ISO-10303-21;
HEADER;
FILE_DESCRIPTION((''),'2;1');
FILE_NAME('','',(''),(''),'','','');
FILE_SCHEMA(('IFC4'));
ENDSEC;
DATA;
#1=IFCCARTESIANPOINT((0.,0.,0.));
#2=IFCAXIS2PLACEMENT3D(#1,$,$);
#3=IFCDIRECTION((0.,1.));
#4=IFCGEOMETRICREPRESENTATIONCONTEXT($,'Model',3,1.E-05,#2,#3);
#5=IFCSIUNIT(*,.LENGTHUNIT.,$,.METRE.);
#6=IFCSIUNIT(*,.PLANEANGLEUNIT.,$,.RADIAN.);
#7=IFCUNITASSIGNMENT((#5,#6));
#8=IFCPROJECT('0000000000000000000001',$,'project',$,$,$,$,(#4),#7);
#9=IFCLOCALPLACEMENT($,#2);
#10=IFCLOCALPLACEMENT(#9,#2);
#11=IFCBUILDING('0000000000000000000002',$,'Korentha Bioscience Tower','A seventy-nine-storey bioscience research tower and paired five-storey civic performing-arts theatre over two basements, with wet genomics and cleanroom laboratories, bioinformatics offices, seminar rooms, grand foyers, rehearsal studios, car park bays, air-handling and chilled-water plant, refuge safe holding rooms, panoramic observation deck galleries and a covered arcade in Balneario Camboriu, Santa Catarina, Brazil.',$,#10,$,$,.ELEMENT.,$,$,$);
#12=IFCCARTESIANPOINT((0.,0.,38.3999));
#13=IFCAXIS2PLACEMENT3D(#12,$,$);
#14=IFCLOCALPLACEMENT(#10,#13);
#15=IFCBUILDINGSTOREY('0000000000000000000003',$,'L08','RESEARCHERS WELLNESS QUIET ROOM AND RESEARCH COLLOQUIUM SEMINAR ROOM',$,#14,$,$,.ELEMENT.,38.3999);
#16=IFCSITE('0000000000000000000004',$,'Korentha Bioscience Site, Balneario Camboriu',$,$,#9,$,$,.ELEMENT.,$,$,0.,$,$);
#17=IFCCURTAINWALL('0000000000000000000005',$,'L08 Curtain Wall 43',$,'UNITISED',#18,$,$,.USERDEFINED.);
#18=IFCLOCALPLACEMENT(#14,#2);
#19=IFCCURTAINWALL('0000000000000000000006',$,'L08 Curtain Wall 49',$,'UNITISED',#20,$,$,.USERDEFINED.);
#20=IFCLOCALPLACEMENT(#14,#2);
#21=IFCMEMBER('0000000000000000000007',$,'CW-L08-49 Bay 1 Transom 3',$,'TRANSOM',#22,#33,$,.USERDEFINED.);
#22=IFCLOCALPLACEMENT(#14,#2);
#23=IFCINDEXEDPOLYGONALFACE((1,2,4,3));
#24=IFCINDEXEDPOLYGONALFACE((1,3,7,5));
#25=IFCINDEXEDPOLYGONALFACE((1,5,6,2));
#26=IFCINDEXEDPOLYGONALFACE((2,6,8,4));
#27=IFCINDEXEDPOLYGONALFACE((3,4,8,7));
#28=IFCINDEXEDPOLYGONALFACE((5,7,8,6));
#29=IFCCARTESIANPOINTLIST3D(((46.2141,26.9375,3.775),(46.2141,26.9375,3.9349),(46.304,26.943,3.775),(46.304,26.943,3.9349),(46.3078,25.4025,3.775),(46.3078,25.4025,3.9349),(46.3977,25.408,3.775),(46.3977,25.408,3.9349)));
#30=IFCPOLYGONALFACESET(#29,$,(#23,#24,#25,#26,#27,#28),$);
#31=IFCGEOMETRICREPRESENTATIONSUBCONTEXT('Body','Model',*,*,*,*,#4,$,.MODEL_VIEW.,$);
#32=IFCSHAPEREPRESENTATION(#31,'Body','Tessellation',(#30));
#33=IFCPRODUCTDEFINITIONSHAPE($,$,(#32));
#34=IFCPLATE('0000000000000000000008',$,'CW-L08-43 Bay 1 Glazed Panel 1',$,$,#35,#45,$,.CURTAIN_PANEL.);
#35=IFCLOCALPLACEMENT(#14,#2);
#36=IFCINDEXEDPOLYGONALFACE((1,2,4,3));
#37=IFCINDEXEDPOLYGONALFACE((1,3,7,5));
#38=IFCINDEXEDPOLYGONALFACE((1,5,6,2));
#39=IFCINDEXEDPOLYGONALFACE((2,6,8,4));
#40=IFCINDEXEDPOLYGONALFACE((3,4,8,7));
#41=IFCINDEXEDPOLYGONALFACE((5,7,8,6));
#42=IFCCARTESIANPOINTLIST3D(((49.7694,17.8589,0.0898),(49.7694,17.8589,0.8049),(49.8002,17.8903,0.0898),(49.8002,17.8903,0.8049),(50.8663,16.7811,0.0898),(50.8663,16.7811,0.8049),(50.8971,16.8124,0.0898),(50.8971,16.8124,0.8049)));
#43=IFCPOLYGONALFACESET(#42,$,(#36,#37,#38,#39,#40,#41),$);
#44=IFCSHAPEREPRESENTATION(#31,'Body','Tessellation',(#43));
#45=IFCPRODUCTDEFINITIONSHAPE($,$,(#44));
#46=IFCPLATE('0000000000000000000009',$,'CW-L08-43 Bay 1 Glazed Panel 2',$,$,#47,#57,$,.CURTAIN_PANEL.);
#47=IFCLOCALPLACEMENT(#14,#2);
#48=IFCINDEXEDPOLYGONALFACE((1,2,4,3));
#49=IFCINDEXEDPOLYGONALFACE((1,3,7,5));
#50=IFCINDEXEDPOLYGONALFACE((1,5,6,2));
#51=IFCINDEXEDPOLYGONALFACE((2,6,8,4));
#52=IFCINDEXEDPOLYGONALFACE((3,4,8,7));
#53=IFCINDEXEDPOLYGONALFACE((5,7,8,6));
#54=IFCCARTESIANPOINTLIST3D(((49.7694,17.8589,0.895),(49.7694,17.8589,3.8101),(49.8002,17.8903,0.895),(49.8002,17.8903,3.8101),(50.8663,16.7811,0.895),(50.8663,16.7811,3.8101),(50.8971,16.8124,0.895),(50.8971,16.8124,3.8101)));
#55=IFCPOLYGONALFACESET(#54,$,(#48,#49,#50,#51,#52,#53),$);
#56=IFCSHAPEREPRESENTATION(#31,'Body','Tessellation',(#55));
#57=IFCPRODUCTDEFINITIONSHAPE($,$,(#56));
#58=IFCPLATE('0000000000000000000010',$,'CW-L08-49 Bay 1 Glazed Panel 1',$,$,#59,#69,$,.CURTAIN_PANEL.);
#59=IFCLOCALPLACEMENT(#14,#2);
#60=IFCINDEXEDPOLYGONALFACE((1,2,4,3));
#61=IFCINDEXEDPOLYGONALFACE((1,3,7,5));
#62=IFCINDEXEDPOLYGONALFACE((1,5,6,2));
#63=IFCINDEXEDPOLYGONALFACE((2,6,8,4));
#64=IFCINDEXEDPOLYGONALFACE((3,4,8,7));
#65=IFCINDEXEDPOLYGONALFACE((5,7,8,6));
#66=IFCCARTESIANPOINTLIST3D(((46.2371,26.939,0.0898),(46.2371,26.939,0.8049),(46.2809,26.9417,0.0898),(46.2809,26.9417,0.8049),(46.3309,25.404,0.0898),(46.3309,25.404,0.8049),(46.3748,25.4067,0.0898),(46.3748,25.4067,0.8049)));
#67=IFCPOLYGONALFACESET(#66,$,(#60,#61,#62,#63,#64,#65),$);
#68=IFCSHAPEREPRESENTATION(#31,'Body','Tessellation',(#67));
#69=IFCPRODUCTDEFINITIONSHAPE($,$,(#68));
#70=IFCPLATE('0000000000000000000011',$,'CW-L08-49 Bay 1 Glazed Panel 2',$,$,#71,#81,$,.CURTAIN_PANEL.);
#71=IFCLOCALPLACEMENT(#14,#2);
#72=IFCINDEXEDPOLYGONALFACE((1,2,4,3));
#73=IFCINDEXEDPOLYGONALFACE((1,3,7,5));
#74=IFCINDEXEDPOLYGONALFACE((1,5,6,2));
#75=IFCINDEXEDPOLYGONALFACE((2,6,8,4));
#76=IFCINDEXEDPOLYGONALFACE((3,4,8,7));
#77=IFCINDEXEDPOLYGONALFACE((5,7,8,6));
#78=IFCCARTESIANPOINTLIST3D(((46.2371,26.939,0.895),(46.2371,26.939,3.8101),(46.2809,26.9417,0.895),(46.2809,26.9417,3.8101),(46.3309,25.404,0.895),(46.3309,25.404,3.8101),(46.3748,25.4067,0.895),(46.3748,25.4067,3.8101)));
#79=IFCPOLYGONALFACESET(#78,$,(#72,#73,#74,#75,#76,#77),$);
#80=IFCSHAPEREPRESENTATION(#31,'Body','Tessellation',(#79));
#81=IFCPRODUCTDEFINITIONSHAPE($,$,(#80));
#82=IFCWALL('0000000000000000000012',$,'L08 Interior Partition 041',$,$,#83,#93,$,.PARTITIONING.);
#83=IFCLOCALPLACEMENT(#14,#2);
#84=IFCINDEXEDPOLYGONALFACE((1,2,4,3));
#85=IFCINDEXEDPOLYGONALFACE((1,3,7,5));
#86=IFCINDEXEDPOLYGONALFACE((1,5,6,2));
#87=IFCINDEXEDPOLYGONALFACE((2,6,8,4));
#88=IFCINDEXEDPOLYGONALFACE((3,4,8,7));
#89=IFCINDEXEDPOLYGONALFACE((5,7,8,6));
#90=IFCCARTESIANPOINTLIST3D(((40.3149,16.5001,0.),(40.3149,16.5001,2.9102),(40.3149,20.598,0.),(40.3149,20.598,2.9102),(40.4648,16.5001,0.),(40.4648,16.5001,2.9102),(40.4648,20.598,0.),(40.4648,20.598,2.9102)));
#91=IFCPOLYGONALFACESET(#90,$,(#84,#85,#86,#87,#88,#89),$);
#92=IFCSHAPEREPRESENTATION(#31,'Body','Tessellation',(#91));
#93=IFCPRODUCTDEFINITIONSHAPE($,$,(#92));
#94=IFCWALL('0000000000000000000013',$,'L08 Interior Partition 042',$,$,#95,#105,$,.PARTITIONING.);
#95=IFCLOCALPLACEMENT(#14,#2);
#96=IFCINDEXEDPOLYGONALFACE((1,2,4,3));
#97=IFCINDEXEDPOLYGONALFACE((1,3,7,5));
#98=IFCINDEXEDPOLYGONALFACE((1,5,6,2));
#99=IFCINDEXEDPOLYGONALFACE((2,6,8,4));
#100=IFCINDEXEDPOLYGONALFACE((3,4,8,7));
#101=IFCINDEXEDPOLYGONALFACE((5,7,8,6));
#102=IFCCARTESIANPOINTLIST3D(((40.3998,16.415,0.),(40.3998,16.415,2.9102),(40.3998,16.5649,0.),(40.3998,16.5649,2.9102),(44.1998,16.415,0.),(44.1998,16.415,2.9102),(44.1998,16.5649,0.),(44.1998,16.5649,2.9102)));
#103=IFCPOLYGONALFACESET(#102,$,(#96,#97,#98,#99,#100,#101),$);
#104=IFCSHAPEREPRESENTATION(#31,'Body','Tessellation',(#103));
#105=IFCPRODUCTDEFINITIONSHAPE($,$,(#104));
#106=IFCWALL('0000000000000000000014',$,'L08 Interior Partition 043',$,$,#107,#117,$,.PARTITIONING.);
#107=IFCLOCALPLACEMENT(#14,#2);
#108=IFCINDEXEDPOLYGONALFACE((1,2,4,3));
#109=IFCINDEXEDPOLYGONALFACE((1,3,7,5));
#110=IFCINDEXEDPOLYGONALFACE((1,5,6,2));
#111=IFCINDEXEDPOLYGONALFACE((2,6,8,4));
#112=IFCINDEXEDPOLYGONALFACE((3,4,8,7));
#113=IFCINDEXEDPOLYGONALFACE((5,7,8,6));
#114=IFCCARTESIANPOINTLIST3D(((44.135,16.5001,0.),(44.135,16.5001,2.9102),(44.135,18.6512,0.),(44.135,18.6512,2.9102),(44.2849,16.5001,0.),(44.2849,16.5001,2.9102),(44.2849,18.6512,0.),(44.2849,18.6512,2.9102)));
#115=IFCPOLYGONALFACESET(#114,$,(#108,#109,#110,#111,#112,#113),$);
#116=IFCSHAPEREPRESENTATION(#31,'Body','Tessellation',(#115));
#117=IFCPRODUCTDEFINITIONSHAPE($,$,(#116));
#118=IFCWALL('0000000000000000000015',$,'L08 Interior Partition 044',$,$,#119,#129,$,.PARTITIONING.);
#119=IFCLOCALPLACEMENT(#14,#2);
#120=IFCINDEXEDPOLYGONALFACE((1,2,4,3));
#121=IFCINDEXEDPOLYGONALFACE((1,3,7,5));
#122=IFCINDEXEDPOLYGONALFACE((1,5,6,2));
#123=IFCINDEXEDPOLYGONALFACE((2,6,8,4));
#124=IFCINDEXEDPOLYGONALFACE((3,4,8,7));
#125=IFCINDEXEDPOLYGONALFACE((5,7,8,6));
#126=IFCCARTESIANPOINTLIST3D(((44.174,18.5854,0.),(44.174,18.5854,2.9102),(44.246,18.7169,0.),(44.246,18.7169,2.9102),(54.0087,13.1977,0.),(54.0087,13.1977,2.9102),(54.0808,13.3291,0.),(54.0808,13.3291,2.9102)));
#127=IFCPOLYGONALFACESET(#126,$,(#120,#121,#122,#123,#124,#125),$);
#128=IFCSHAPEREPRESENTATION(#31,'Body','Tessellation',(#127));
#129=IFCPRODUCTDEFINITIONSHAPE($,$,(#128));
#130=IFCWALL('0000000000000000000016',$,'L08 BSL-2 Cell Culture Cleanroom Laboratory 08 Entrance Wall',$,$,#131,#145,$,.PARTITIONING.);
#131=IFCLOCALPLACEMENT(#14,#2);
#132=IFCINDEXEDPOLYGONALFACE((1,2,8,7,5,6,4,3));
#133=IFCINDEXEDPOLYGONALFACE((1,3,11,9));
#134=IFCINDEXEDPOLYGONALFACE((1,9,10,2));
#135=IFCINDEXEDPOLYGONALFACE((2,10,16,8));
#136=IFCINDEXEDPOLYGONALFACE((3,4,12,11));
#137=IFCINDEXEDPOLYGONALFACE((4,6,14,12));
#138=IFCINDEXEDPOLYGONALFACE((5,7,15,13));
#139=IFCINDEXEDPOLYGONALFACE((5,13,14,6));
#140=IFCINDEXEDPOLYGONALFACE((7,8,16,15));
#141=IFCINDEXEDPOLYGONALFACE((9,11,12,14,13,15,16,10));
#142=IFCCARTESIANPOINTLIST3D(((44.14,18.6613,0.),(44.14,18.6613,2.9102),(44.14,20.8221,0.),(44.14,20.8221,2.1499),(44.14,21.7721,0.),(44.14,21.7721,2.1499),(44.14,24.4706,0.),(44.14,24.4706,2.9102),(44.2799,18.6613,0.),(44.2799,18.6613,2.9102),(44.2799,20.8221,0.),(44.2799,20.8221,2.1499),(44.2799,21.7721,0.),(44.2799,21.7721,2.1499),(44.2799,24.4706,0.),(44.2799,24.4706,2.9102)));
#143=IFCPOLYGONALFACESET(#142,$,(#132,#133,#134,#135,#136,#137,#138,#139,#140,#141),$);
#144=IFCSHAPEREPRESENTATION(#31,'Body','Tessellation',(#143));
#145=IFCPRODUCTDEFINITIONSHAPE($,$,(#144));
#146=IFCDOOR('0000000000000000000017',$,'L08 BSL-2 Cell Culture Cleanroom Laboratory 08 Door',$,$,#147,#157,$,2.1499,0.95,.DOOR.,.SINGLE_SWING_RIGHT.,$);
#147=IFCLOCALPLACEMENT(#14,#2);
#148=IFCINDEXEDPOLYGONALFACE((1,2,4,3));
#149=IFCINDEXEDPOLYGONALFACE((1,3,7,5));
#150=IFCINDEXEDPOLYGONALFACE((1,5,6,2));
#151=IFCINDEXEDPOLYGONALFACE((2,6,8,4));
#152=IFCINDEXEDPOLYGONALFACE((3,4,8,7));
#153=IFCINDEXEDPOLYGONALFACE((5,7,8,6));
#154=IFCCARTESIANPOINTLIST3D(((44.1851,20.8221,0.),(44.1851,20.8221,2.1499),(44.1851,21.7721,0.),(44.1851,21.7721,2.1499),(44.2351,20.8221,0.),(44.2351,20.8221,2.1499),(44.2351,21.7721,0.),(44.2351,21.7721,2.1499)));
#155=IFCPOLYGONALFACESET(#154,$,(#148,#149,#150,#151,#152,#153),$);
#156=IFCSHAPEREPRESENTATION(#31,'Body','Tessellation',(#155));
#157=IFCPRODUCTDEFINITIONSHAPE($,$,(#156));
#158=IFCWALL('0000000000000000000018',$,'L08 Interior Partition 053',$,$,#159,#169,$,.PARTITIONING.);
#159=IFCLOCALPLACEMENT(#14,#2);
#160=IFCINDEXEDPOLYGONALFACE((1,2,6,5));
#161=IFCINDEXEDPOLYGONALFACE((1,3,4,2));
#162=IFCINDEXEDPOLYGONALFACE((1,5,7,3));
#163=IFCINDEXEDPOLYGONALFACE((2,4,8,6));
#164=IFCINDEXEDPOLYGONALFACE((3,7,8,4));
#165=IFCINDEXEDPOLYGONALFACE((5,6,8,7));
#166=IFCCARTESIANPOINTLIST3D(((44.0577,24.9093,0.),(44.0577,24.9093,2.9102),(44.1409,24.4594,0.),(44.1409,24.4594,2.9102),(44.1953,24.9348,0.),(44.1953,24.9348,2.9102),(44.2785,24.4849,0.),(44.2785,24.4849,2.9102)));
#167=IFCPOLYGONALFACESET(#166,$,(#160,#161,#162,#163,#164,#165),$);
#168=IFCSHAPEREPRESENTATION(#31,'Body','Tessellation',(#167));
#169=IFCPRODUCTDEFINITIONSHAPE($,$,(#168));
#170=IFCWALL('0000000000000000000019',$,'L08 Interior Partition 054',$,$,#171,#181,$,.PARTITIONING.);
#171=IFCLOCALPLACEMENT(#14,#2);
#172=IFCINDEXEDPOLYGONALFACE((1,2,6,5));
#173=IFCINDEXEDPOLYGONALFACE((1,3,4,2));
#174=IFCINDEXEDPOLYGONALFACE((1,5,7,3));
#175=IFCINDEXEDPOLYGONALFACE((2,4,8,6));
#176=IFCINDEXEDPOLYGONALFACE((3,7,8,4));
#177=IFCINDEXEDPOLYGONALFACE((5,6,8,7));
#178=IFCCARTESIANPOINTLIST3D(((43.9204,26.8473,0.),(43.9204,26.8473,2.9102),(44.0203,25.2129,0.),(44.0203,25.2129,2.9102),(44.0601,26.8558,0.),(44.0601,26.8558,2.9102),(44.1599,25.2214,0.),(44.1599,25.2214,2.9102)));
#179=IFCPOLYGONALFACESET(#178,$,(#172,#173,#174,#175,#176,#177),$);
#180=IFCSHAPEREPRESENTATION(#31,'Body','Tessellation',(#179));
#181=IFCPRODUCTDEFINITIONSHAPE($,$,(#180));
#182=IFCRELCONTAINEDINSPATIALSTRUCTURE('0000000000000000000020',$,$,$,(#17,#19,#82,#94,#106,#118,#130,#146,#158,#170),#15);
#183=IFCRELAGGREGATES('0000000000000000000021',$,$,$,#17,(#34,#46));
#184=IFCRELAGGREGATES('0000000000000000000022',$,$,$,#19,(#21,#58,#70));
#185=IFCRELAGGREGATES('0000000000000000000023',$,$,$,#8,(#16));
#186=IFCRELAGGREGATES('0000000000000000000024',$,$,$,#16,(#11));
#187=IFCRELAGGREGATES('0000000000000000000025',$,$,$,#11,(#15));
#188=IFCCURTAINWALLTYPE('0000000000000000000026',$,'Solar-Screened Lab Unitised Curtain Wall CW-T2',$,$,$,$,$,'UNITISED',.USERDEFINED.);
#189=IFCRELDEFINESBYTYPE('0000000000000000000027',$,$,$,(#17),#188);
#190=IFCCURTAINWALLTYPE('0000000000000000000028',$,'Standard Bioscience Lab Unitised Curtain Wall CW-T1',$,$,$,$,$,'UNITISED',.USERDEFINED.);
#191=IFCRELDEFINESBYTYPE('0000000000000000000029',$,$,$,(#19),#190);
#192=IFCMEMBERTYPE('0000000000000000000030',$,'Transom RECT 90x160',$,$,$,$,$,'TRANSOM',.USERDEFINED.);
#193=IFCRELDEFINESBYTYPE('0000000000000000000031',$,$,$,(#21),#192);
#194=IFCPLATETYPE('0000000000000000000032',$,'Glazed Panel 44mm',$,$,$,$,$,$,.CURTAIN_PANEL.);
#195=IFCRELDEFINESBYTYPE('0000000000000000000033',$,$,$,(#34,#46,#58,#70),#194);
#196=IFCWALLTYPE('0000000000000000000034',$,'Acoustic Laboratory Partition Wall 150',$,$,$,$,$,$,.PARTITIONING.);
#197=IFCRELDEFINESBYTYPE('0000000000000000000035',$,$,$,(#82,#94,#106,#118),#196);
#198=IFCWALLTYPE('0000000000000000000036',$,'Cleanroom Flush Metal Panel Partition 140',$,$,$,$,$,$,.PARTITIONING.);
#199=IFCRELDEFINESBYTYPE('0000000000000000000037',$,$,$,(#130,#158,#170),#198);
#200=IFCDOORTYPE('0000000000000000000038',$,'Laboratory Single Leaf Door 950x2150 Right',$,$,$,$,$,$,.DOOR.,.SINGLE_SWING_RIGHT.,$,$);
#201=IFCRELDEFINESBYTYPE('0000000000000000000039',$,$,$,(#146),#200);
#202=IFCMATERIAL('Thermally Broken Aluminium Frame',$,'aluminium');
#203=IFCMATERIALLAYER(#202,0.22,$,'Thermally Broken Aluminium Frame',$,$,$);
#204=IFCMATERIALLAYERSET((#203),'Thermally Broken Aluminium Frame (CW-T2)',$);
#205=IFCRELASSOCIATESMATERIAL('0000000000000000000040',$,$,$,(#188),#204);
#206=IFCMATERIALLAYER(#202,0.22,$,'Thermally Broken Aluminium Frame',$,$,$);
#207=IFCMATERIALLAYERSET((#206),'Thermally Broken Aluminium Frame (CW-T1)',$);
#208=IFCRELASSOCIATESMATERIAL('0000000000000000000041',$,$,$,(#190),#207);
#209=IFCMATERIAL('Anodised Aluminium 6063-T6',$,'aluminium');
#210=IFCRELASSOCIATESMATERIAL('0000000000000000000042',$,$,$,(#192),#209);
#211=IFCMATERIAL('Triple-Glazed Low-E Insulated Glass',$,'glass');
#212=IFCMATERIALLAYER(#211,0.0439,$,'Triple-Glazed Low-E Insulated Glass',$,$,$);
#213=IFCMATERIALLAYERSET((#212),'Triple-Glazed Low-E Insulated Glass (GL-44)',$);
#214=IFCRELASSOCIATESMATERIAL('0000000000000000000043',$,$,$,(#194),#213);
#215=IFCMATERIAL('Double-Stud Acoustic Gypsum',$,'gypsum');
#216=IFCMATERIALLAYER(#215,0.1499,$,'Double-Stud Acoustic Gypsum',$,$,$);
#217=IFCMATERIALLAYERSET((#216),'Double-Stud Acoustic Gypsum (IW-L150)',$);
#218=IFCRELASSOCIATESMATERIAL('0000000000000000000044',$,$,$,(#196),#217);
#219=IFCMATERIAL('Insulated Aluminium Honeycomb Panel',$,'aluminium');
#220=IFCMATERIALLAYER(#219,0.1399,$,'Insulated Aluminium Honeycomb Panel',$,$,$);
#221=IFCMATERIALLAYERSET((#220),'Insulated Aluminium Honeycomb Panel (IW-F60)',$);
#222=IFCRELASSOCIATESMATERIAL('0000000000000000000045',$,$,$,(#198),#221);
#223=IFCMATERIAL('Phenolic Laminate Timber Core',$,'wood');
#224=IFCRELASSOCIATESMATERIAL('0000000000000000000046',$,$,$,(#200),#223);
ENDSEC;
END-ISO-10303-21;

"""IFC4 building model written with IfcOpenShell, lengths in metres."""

from ifc_helpers import new_model, si_unit, direction, frame, frame_2d, origin, origin_2d, place, context, subcontext, project, spatial, rectangle, extrude, material, layer, layer_set, material_profile, profile_set, type_object, element, fill, aggregate, save


model = new_model("IFC4")

# Units and contexts
model_context = context("Model", 3, precision=1e-05, world=origin(), true_north=direction((0.0, 1.0)))
body_context = subcontext(model_context, "Body", "Model", "MODEL_VIEW")
ifc_project = project(units=[si_unit("LENGTHUNIT", "METRE"), si_unit("PLANEANGLEUNIT", "RADIAN")], contexts=[model_context])

# Site, building, storey
site_placement = place(None, origin())
site = spatial("IfcSite", under=ifc_project, at=site_placement, Name="Korentha Bioscience Site, Balneario Camboriu", CompositionType="ELEMENT", RefElevation=0.0)
building_placement = place(site_placement, origin())
building = spatial("IfcBuilding", under=site, at=building_placement, Name="Korentha Bioscience Tower", Description="A seventy-nine-storey bioscience research tower and paired five-storey civic performing-arts theatre over two basements, with wet genomics and cleanroom laboratories, bioinformatics offices, seminar rooms, grand foyers, rehearsal studios, car park bays, air-handling and chilled-water plant, refuge safe holding rooms, panoramic observation deck galleries and a covered arcade in Balneario Camboriu, Santa Catarina, Brazil.", CompositionType="ELEMENT")
storey_placement = place(building_placement, frame((0.0, 0.0, 38.3999)))
storey = spatial("IfcBuildingStorey", under=building, at=storey_placement, Name="L08", Description="RESEARCHERS WELLNESS QUIET ROOM AND RESEARCH COLLOQUIUM SEMINAR ROOM", CompositionType="ELEMENT", Elevation=38.3999)

# Curtain wall
ifc_material_1 = material(Name="Thermally Broken Aluminium Frame", Category="aluminium")
ifc_layer_1 = layer(ifc_material_1, 0.22, Name="Thermally Broken Aluminium Frame")
ifc_layer_set_1 = layer_set([ifc_layer_1], Name="Thermally Broken Aluminium Frame (CW-T2)")
curtain_wall_type_1 = type_object("IfcCurtainWallType", Name="Solar-Screened Lab Unitised Curtain Wall CW-T2", ElementType="UNITISED", PredefinedType="USERDEFINED", material=ifc_layer_set_1)
curtain_wall_1_placement = place(storey_placement, origin())
curtain_wall_1 = element("IfcCurtainWall", 1, at=curtain_wall_1_placement, inside=storey, type_object=curtain_wall_type_1, Name="L08 Curtain Wall 43", ObjectType="UNITISED", PredefinedType="USERDEFINED")
ifc_material_2 = material(Name="Anodised Aluminium 6063-T6", Category="aluminium")

# Curtain wall
ifc_layer_2 = layer(ifc_material_1, 0.22, Name="Thermally Broken Aluminium Frame")
ifc_layer_set_2 = layer_set([ifc_layer_2], Name="Thermally Broken Aluminium Frame (CW-T1)")
curtain_wall_type_2 = type_object("IfcCurtainWallType", Name="Standard Bioscience Lab Unitised Curtain Wall CW-T1", ElementType="UNITISED", PredefinedType="USERDEFINED", material=ifc_layer_set_2)
curtain_wall_2_placement = place(storey_placement, origin())
curtain_wall_2 = element("IfcCurtainWall", 2, at=curtain_wall_2_placement, inside=storey, type_object=curtain_wall_type_2, Name="L08 Curtain Wall 49", ObjectType="UNITISED", PredefinedType="USERDEFINED")

# Member
ifc_material_profile_1 = material_profile(ifc_material_2, rectangle(XDim=0.0901, YDim=0.1599, at=origin_2d()), Name="Anodised Aluminium 6063-T6")
ifc_profile_set_1 = profile_set([ifc_material_profile_1], Name="Anodised Aluminium 6063-T6 (CW-TRN)")
member_type_1 = type_object("IfcMemberType", Name="Transom RECT 90x160", ElementType="TRANSOM", PredefinedType="USERDEFINED", material=ifc_profile_set_1)
member_1_placement = place(storey_placement, frame((46.3528, 25.4053, 3.855), z_axis=(-0.060965, 0.99814, 0.0), x_axis=(-0.99814, -0.060965, 0.0)))
member_1 = element("IfcMember", 3, at=member_1_placement, type_object=member_type_1, Name="CW-L08-49 Bay 1 Transom 3", ObjectType="TRANSOM", PredefinedType="USERDEFINED", context=body_context, shape_type="SweptSolid", body=[
    extrude(rectangle(XDim=0.0901, YDim=0.1599, at=origin_2d()), origin(), (0.0, 0.0, 1.0), 1.5378),
])

# Plates
ifc_material_3 = material(Name="Triple-Glazed Low-E Insulated Glass", Category="glass")
ifc_layer_3 = layer(ifc_material_3, 0.0439, Name="Triple-Glazed Low-E Insulated Glass")
ifc_layer_set_3 = layer_set([ifc_layer_3], Name="Triple-Glazed Low-E Insulated Glass (GL-44)")
plate_type = type_object("IfcPlateType", Name="Glazed Panel 44mm", PredefinedType="CURTAIN_PANEL", material=ifc_layer_set_3)
plate_1_placement = place(storey_placement, frame((50.3333, 17.3357, 0.0898), z_axis=(0.0, 0.0, 1.0), x_axis=(-0.713279, 0.70088, 0.0)))
plate_1 = element("IfcPlate", 4, at=plate_1_placement, type_object=plate_type, Name="CW-L08-43 Bay 1 Glazed Panel 1", PredefinedType="CURTAIN_PANEL", context=body_context, shape_type="SweptSolid", body=[
    extrude(rectangle(XDim=1.5378, YDim=0.0439, at=origin_2d()), origin(), (0.0, 0.0, 1.0), 0.7151),
])
plate_2_placement = place(storey_placement, frame((50.3333, 17.3357, 0.895), z_axis=(0.0, 0.0, 1.0), x_axis=(-0.713279, 0.70088, 0.0)))
plate_2 = element("IfcPlate", 5, at=plate_2_placement, type_object=plate_type, Name="CW-L08-43 Bay 1 Glazed Panel 2", PredefinedType="CURTAIN_PANEL", context=body_context, shape_type="SweptSolid", body=[
    extrude(rectangle(XDim=1.5378, YDim=0.0439, at=origin_2d()), origin(), (0.0, 0.0, 1.0), 2.915),
])
aggregate(curtain_wall_1, [plate_1, plate_2])
plate_3_placement = place(storey_placement, frame((46.3059, 26.1729, 0.0898), z_axis=(0.0, 0.0, 1.0), x_axis=(-0.061008, 0.998137, 0.0)))
plate_3 = element("IfcPlate", 6, at=plate_3_placement, type_object=plate_type, Name="CW-L08-49 Bay 1 Glazed Panel 1", PredefinedType="CURTAIN_PANEL", context=body_context, shape_type="SweptSolid", body=[
    extrude(rectangle(XDim=1.5378, YDim=0.0439, at=origin_2d()), origin(), (0.0, 0.0, 1.0), 0.7151),
])
plate_4_placement = place(storey_placement, frame((46.3059, 26.1729, 0.895), z_axis=(0.0, 0.0, 1.0), x_axis=(-0.061008, 0.998137, 0.0)))
plate_4 = element("IfcPlate", 7, at=plate_4_placement, type_object=plate_type, Name="CW-L08-49 Bay 1 Glazed Panel 2", PredefinedType="CURTAIN_PANEL", context=body_context, shape_type="SweptSolid", body=[
    extrude(rectangle(XDim=1.5378, YDim=0.0439, at=origin_2d()), origin(), (0.0, 0.0, 1.0), 2.915),
])
aggregate(curtain_wall_2, [member_1, plate_3, plate_4])

# Walls
ifc_material_4 = material(Name="Double-Stud Acoustic Gypsum", Category="gypsum")
ifc_layer_4 = layer(ifc_material_4, 0.1499, Name="Double-Stud Acoustic Gypsum")
ifc_layer_set_4 = layer_set([ifc_layer_4], Name="Double-Stud Acoustic Gypsum (IW-L150)")
wall_type_1 = type_object("IfcWallType", Name="Acoustic Laboratory Partition Wall 150", PredefinedType="PARTITIONING", material=ifc_layer_set_4)
wall_1_placement = place(storey_placement, frame((40.3899, 20.5979, 0.0), z_axis=(0.0, 0.0, 1.0), x_axis=(0.0, -1.0, 0.0)))
element("IfcWall", 8, at=wall_1_placement, inside=storey, type_object=wall_type_1, Name="L08 Interior Partition 041", PredefinedType="PARTITIONING", context=body_context, shape_type="SweptSolid", body=[
    extrude(rectangle(XDim=4.0979, YDim=0.1499, at=frame_2d((2.0488, 0.0))), origin(), (0.0, 0.0, 1.0), 2.9102),
])
wall_2_placement = place(storey_placement, frame((40.3999, 16.49, 0.0), z_axis=(0.0, 0.0, 1.0), x_axis=(1.0, 0.0, 0.0)))
element("IfcWall", 9, at=wall_2_placement, inside=storey, type_object=wall_type_1, Name="L08 Interior Partition 042", PredefinedType="PARTITIONING", context=body_context, shape_type="SweptSolid", body=[
    extrude(rectangle(XDim=3.8, YDim=0.1499, at=frame_2d((1.8999, 0.0))), origin(), (0.0, 0.0, 1.0), 2.9102),
])
wall_3_placement = place(storey_placement, frame((44.21, 16.5, 0.0), z_axis=(0.0, 0.0, 1.0), x_axis=(0.0, 1.0, 0.0)))
element("IfcWall", 10, at=wall_3_placement, inside=storey, type_object=wall_type_1, Name="L08 Interior Partition 043", PredefinedType="PARTITIONING", context=body_context, shape_type="SweptSolid", body=[
    extrude(rectangle(XDim=2.1511, YDim=0.1499, at=frame_2d((1.0757, 0.0))), origin(), (0.0, 0.0, 1.0), 2.9102),
])
wall_4_placement = place(storey_placement, frame((44.21, 18.6511, 0.0), z_axis=(0.0, 0.0, 1.0), x_axis=(0.87702, -0.480453, 0.0)))
element("IfcWall", 11, at=wall_4_placement, inside=storey, type_object=wall_type_1, Name="L08 Interior Partition 044", PredefinedType="PARTITIONING", context=body_context, shape_type="SweptSolid", body=[
    extrude(rectangle(XDim=11.2139, YDim=0.1499, at=frame_2d((5.6069, 0.0))), origin(), (0.0, 0.0, 1.0), 2.9102),
])

# Wall, opening, door
ifc_material_5 = material(Name="Insulated Aluminium Honeycomb Panel", Category="aluminium")
ifc_layer_5 = layer(ifc_material_5, 0.1399, Name="Insulated Aluminium Honeycomb Panel")
ifc_layer_set_5 = layer_set([ifc_layer_5], Name="Insulated Aluminium Honeycomb Panel (IW-F60)")
wall_type_2 = type_object("IfcWallType", Name="Cleanroom Flush Metal Panel Partition 140", PredefinedType="PARTITIONING", material=ifc_layer_set_5)
wall_5_placement = place(storey_placement, frame((44.21, 18.6611, 0.0), z_axis=(0.0, 0.0, 1.0), x_axis=(0.0, 1.0, 0.0)))
wall_5 = element("IfcWall", 12, at=wall_5_placement, inside=storey, type_object=wall_type_2, Name="L08 BSL-2 Cell Culture Cleanroom Laboratory 08 Entrance Wall", PredefinedType="PARTITIONING", context=body_context, shape_type="SweptSolid", body=[
    extrude(rectangle(XDim=5.8093, YDim=0.1399, at=frame_2d((2.9048, 0.0))), origin(), (0.0, 0.0, 1.0), 2.9102),
])
opening_1_placement = place(wall_5_placement, frame((2.1609, 0.0, 0.0)))
opening_1 = element("IfcOpeningElement", 13, at=opening_1_placement, cuts=wall_5, PredefinedType="OPENING", context=body_context, shape_type="SweptSolid", body=[
    extrude(rectangle(XDim=0.95, YDim=2.1499, at=frame_2d((0.4751, 1.075))), frame((0.0, 0.085, 0.0), z_axis=(0.0, -1.0, 0.0), x_axis=(1.0, 0.0, 0.0)), (0.0, 0.0, 1.0), 0.1697),
])
ifc_material_6 = material(Name="Phenolic Laminate Timber Core", Category="wood")
door_type_1 = type_object("IfcDoorType", Name="Laboratory Single Leaf Door 950x2150 Right", OperationType="SINGLE_SWING_RIGHT", PredefinedType="DOOR", material=ifc_material_6)
door_1_placement = place(opening_1_placement, origin())
door_1 = element("IfcDoor", 14, at=door_1_placement, inside=storey, type_object=door_type_1, Name="L08 BSL-2 Cell Culture Cleanroom Laboratory 08 Door", OperationType="SINGLE_SWING_RIGHT", OverallHeight=2.1499, OverallWidth=0.95, PredefinedType="DOOR", context=body_context, shape_type="SweptSolid", body=[
    extrude(rectangle(XDim=0.95, YDim=2.1499, at=frame_2d((0.4751, 1.075))), frame((0.0, 0.0249, 0.0), z_axis=(0.0, -1.0, 0.0), x_axis=(1.0, 0.0, 0.0)), (0.0, 0.0, 1.0), 0.05),
])
fill(opening_1, door_1)

# Walls
wall_6_placement = place(storey_placement, frame((44.2097, 24.4722, 0.0), z_axis=(0.0, 0.0, 1.0), x_axis=(-0.181936, 0.98331, 0.0)))
element("IfcWall", 15, at=wall_6_placement, inside=storey, type_object=wall_type_2, Name="L08 Interior Partition 053", PredefinedType="PARTITIONING", context=body_context, shape_type="SweptSolid", body=[
    extrude(rectangle(XDim=0.4575, YDim=0.1399, at=frame_2d((0.2288, 0.0))), origin(), (0.0, 0.0, 1.0), 2.9102),
])
wall_7_placement = place(storey_placement, frame((44.0901, 25.217, 0.0), z_axis=(0.0, 0.0, 1.0), x_axis=(-0.060977, 0.998139, 0.0)))
element("IfcWall", 16, at=wall_7_placement, inside=storey, type_object=wall_type_2, Name="L08 Interior Partition 054", PredefinedType="PARTITIONING", context=body_context, shape_type="SweptSolid", body=[
    extrude(rectangle(XDim=1.6375, YDim=0.1399, at=frame_2d((0.8188, 0.0))), origin(), (0.0, 0.0, 1.0), 2.9102),
])

save(model, "model.ifc")
